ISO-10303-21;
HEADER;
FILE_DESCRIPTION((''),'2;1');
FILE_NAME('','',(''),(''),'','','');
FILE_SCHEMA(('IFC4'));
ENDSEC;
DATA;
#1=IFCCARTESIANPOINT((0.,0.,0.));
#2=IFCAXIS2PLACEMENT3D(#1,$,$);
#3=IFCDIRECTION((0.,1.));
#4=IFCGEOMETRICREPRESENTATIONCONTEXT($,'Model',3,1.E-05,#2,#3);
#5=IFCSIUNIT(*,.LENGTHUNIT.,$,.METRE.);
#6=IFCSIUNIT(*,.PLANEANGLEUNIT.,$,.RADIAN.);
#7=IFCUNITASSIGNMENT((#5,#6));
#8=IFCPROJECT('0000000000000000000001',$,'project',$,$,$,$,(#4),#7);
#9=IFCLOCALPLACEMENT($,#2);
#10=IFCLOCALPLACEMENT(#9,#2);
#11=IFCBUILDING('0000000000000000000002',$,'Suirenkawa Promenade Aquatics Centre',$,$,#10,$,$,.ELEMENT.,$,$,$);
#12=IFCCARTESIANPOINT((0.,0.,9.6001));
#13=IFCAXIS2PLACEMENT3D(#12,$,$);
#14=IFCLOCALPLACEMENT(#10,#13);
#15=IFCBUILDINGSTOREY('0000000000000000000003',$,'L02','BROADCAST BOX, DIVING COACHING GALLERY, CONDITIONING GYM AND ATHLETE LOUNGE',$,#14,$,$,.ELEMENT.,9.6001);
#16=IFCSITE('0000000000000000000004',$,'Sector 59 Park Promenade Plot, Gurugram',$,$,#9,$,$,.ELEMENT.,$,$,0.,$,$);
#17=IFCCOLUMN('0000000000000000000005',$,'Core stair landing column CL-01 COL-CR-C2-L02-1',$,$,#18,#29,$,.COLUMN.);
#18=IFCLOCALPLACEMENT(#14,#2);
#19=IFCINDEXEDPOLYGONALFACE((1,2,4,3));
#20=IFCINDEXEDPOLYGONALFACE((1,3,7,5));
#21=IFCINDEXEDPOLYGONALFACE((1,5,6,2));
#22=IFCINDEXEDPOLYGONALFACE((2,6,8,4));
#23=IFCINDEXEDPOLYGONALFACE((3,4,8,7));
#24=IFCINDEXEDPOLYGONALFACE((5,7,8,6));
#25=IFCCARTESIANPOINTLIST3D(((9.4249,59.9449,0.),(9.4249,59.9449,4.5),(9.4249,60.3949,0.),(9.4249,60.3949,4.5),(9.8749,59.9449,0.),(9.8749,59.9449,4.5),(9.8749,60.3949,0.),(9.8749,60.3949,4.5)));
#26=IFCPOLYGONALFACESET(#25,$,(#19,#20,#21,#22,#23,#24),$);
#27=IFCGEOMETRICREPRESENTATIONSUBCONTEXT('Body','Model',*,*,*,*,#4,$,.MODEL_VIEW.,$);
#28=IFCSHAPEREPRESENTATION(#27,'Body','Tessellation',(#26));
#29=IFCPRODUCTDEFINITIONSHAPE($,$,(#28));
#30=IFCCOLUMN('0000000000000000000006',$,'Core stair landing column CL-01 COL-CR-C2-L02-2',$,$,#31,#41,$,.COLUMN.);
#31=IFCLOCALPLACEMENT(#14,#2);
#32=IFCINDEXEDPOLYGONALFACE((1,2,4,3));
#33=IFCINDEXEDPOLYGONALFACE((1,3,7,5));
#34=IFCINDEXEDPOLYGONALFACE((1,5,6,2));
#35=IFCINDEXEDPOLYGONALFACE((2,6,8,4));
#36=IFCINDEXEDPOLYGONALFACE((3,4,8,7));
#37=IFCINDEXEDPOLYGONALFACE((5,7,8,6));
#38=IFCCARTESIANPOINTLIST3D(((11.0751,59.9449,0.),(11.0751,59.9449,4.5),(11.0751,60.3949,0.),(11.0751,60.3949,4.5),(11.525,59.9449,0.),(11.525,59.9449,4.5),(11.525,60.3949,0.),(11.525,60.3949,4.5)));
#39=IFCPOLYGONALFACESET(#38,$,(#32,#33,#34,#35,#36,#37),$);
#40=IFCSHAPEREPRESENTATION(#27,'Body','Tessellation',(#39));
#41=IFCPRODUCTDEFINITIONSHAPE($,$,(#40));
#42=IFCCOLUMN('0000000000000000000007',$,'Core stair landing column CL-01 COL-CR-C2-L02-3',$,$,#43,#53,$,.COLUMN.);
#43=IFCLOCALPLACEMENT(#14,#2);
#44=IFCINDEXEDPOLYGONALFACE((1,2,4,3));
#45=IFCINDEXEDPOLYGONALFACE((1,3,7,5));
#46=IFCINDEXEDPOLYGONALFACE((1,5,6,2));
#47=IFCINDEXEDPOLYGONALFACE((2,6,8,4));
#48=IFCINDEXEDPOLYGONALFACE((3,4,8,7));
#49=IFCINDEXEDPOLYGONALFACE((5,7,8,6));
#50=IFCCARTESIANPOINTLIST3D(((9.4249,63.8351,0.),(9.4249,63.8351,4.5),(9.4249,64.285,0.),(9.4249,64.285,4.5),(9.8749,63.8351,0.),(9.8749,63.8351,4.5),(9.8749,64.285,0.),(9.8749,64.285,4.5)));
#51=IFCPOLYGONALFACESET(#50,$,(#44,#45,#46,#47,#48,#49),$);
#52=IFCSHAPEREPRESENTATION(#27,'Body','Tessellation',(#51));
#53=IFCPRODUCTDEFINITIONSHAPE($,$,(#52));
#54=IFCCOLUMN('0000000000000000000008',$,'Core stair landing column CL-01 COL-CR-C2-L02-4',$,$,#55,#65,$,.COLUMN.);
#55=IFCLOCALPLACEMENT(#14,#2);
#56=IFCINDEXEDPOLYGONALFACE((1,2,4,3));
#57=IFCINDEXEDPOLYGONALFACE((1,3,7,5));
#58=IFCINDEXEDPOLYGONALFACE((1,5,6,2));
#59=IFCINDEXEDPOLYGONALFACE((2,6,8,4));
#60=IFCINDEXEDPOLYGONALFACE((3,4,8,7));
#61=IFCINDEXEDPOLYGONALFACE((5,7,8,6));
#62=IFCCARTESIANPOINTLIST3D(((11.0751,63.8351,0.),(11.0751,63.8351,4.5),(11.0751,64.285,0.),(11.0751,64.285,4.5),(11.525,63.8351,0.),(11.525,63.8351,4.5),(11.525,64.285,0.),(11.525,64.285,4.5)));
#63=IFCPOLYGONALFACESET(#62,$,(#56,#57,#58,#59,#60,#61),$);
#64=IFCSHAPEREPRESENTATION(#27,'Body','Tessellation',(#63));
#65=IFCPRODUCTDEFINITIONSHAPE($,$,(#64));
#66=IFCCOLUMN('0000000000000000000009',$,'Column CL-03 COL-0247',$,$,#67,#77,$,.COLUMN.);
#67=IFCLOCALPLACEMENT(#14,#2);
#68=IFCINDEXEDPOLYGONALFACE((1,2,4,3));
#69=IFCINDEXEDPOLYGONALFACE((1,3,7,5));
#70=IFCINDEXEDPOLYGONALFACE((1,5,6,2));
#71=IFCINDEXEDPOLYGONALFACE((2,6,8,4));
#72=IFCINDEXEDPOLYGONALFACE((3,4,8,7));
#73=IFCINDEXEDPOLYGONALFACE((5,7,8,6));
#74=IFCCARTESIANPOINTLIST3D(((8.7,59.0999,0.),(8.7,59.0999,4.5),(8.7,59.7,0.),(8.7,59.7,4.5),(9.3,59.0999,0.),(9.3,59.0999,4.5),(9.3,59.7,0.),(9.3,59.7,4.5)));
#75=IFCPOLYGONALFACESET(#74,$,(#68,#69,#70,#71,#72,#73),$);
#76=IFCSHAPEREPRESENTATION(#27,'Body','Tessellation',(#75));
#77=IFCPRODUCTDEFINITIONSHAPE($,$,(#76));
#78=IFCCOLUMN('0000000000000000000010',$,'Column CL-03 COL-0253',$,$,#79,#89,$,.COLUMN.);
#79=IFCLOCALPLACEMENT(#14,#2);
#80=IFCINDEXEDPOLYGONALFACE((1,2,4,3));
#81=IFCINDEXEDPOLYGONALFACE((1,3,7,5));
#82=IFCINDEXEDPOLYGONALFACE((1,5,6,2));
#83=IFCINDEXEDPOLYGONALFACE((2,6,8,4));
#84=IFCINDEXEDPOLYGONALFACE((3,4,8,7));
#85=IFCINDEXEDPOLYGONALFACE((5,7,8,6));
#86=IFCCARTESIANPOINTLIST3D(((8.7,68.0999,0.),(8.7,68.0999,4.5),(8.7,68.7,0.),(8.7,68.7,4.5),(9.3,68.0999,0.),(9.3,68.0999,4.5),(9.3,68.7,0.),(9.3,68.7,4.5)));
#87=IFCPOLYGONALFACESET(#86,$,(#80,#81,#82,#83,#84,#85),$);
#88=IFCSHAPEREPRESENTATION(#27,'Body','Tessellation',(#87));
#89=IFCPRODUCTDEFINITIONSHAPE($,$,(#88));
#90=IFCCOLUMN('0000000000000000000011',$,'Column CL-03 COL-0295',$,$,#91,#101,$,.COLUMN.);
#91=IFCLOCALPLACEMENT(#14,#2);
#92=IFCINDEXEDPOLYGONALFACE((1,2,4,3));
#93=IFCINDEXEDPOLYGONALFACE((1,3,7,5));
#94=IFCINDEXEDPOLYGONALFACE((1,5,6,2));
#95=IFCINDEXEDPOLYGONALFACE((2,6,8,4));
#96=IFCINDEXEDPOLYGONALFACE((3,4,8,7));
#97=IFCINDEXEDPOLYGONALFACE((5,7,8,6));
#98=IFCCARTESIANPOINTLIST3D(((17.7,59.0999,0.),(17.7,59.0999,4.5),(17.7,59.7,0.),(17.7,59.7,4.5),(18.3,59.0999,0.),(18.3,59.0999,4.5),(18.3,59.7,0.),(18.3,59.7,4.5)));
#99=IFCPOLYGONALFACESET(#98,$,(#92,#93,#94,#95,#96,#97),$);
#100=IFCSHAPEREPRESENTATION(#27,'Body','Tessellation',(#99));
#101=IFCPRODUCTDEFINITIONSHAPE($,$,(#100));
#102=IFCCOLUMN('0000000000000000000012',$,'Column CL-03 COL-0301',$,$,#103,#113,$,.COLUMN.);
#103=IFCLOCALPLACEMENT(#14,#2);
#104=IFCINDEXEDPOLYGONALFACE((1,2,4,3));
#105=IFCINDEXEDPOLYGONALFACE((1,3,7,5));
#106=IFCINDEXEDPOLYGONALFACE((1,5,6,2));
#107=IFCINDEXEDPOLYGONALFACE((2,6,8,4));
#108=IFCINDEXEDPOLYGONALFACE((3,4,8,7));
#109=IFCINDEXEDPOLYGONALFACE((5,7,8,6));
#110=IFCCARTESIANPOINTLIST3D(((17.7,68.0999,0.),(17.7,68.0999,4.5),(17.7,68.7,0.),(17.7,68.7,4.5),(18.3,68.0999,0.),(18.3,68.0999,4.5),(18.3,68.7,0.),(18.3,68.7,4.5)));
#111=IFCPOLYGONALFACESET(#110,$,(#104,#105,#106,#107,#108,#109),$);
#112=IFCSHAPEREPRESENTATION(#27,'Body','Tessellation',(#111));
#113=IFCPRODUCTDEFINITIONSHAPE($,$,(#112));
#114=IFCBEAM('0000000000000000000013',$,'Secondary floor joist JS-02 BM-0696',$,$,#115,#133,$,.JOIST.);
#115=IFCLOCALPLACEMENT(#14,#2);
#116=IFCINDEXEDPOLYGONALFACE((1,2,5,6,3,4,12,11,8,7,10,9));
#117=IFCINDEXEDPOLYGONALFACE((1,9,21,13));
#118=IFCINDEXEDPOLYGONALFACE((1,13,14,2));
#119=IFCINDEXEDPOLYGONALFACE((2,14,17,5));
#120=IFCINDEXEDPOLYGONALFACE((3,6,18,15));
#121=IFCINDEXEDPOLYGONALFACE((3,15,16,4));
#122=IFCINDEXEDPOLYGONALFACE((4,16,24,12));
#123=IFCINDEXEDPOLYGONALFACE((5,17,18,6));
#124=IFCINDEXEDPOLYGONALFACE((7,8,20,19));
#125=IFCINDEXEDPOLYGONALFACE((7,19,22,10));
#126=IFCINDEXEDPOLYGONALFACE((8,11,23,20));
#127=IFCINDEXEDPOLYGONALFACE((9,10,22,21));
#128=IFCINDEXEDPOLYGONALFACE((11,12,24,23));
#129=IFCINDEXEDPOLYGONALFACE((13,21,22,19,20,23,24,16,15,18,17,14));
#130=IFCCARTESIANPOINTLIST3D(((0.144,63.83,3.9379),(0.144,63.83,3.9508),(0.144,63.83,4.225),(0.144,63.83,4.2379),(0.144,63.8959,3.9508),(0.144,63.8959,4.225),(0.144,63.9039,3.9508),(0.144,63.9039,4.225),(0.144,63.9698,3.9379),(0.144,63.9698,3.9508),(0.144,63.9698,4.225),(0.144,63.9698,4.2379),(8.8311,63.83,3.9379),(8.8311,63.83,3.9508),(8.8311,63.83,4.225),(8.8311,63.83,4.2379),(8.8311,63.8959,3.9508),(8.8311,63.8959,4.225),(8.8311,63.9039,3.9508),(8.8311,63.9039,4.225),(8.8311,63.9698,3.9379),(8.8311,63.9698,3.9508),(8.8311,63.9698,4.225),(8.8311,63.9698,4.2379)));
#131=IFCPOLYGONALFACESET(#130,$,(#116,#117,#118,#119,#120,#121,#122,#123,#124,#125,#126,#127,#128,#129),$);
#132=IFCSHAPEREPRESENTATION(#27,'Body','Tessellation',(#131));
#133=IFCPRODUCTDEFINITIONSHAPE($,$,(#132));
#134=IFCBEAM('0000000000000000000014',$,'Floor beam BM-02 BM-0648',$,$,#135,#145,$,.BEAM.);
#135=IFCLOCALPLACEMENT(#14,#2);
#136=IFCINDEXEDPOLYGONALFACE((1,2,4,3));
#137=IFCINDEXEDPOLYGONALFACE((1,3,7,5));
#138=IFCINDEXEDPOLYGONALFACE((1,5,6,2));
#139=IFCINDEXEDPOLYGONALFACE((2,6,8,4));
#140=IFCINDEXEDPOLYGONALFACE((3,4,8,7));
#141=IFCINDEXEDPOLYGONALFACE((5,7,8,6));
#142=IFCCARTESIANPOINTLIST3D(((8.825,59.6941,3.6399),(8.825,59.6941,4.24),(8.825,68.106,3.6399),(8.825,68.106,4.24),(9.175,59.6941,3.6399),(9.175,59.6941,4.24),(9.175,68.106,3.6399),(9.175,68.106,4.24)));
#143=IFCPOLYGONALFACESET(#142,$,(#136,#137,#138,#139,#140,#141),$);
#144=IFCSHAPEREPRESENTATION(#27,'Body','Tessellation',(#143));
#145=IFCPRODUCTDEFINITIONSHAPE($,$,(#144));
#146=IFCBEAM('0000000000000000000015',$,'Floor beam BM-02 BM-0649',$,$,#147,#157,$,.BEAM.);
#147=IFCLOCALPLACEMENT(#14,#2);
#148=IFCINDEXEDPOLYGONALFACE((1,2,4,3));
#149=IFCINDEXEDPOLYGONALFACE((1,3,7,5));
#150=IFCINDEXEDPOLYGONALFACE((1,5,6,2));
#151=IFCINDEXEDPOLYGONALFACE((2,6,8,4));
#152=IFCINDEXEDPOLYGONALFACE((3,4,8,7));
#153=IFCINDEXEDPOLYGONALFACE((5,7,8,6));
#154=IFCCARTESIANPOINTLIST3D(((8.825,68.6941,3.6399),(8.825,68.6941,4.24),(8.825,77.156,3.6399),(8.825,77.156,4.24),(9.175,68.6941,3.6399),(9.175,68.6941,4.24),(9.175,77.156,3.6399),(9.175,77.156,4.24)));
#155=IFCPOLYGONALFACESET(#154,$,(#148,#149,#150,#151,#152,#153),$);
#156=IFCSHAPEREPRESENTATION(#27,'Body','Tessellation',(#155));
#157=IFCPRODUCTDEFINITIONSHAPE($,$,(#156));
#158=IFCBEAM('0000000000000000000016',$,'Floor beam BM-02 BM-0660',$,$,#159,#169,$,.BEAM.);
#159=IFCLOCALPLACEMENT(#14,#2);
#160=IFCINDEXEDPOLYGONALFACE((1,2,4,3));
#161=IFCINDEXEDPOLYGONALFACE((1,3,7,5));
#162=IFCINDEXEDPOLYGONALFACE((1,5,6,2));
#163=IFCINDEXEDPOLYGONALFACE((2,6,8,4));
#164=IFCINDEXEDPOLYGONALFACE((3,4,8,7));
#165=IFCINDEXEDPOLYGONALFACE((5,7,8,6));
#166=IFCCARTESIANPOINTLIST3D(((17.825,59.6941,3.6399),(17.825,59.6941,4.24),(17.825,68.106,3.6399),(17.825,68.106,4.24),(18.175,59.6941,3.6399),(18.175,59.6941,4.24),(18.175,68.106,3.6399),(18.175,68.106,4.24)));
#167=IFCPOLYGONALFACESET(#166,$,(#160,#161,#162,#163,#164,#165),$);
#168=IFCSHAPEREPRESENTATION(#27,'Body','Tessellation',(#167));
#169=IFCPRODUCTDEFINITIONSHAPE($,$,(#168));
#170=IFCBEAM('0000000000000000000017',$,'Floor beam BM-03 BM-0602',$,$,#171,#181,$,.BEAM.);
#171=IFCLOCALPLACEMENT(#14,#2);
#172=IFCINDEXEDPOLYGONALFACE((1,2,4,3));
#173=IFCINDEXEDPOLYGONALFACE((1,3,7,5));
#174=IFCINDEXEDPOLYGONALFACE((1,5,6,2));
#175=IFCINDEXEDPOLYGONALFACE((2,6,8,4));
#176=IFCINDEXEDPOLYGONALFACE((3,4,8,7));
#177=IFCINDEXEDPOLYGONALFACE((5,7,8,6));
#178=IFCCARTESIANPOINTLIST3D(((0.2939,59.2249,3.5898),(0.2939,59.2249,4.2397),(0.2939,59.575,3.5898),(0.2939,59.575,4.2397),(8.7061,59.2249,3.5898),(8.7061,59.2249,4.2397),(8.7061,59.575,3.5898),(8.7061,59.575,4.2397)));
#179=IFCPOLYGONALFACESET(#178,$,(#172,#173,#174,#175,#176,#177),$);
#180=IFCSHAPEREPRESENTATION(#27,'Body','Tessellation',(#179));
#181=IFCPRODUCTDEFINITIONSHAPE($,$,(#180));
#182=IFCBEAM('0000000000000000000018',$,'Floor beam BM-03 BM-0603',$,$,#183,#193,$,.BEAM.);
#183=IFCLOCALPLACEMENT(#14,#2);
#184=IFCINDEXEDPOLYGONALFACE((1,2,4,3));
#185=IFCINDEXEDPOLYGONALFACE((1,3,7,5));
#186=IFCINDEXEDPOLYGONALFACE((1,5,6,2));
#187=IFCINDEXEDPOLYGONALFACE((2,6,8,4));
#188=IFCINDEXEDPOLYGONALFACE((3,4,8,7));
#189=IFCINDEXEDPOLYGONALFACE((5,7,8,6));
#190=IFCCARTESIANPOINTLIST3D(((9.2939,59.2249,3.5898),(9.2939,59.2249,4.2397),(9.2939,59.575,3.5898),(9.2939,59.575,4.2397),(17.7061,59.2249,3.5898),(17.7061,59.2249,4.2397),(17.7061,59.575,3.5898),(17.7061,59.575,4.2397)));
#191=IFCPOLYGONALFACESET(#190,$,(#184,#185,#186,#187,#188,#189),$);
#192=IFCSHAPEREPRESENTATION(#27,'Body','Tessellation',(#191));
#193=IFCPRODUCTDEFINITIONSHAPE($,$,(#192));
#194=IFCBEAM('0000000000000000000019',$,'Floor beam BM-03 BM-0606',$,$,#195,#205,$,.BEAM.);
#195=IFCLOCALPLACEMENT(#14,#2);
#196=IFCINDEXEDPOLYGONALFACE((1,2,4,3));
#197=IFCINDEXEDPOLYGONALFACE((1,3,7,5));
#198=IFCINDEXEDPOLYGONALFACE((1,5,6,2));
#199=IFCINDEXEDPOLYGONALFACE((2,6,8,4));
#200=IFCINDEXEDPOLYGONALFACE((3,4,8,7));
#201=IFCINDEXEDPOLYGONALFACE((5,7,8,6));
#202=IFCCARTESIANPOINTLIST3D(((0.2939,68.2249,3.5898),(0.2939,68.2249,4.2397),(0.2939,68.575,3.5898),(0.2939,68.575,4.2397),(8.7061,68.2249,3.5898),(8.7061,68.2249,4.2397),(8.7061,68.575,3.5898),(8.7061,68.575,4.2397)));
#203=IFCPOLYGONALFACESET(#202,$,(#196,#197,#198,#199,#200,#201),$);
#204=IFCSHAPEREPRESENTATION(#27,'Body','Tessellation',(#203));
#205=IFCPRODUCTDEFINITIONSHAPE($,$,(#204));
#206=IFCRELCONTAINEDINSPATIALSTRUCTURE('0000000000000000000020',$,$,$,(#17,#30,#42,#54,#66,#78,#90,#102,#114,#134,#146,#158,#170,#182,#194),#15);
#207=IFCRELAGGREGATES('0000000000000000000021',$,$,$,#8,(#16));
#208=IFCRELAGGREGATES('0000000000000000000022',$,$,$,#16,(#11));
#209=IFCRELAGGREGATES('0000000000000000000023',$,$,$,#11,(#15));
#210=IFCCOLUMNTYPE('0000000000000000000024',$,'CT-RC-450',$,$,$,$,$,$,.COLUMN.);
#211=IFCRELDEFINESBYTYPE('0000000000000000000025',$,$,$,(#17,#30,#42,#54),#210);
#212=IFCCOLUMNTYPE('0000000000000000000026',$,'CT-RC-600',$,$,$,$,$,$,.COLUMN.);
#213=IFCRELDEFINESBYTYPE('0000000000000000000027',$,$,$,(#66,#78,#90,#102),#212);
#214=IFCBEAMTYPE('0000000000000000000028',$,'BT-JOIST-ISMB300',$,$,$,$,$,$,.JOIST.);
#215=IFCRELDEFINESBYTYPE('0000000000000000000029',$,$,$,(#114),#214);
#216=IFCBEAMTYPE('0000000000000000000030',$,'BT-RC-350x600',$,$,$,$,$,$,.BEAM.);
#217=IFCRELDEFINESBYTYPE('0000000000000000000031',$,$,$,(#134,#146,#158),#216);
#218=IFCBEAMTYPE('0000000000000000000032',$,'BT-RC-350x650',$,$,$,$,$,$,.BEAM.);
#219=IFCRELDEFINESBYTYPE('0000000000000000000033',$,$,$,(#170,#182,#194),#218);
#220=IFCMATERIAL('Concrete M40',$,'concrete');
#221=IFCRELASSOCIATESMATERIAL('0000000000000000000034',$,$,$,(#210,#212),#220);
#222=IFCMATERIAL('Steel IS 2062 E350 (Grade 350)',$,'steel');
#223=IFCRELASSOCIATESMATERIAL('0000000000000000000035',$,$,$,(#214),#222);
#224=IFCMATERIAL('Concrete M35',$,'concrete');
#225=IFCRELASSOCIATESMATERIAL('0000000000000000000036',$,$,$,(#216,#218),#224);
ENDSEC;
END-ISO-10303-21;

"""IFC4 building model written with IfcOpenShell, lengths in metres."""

from ifc_helpers import new_model, si_unit, direction, frame, origin, origin_2d, place, context, subcontext, project, spatial, rectangle, i_section, extrude, material, material_profile, profile_set, type_object, element, save


model = new_model("IFC4")

# Units and contexts
model_context = context("Model", 3, precision=1e-05, world=origin(), true_north=direction((0.0, 1.0)))
body_context = subcontext(model_context, "Body", "Model", "MODEL_VIEW")
ifc_project = project(units=[si_unit("LENGTHUNIT", "METRE"), si_unit("PLANEANGLEUNIT", "RADIAN")], contexts=[model_context])

# Site, building, storey
site_placement = place(None, origin())
site = spatial("IfcSite", under=ifc_project, at=site_placement, Name="Sector 59 Park Promenade Plot, Gurugram", CompositionType="ELEMENT", RefElevation=0.0)
building_placement = place(site_placement, origin())
building = spatial("IfcBuilding", under=site, at=building_placement, Name="Suirenkawa Promenade Aquatics Centre", CompositionType="ELEMENT")
storey_placement = place(building_placement, frame((0.0, 0.0, 9.6001)))
storey = spatial("IfcBuildingStorey", under=building, at=storey_placement, Name="L02", Description="BROADCAST BOX, DIVING COACHING GALLERY, CONDITIONING GYM AND ATHLETE LOUNGE", CompositionType="ELEMENT", Elevation=9.6001)

# Columns
ifc_material_1 = material(Name="Concrete M40", Category="concrete")
ifc_material_profile_1 = material_profile(ifc_material_1, rectangle(XDim=0.45, YDim=0.45, at=origin_2d()), Name="RC COL 450x450", Category="concrete")
ifc_profile_set_1 = profile_set([ifc_material_profile_1], Name="Concrete M40")
column_type_1 = type_object("IfcColumnType", Name="CT-RC-450", PredefinedType="COLUMN", material=ifc_profile_set_1)
for number, where, z_axis, x_axis, name in (
    (1, (9.6499, 60.1699, 0.0), (0.0, 0.0, 1.0), (1.0, 0.0, 0.0), "Core stair landing column CL-01 COL-CR-C2-L02-1"),
    (2, (11.3, 60.1699, 0.0), (0.0, 0.0, 1.0), (1.0, 0.0, 0.0), "Core stair landing column CL-01 COL-CR-C2-L02-2"),
    (3, (9.6499, 64.0601, 0.0), (0.0, 0.0, 1.0), (1.0, 0.0, 0.0), "Core stair landing column CL-01 COL-CR-C2-L02-3"),
    (4, (11.3, 64.0601, 0.0), (0.0, 0.0, 1.0), (1.0, 0.0, 0.0), "Core stair landing column CL-01 COL-CR-C2-L02-4"),
):
    element("IfcColumn", number, at=place(storey_placement, frame(where, z_axis=z_axis, x_axis=x_axis)), inside=storey, type_object=column_type_1, Name=name, PredefinedType="COLUMN", context=body_context, shape_type="SweptSolid", body=[
        extrude(rectangle(XDim=0.45, YDim=0.45, at=origin_2d()), origin(), (0.0, 0.0, 1.0), 4.5),
    ])
ifc_material_profile_2 = material_profile(ifc_material_1, rectangle(XDim=0.6001, YDim=0.6001, at=origin_2d()), Name="RC COL 600x600", Category="concrete")
ifc_profile_set_2 = profile_set([ifc_material_profile_2], Name="Concrete M40")
column_type_2 = type_object("IfcColumnType", Name="CT-RC-600", PredefinedType="COLUMN", material=ifc_profile_set_2)
for number, where, z_axis, x_axis, name in (
    (5, (9.0, 59.3999, 0.0), (0.0, 0.0, 1.0), (1.0, 0.0, 0.0), "Column CL-03 COL-0247"),
    (6, (9.0, 68.3999, 0.0), (0.0, 0.0, 1.0), (1.0, 0.0, 0.0), "Column CL-03 COL-0253"),
    (7, (18.0, 59.3999, 0.0), (0.0, 0.0, 1.0), (1.0, 0.0, 0.0), "Column CL-03 COL-0295"),
    (8, (18.0, 68.3999, 0.0), (0.0, 0.0, 1.0), (1.0, 0.0, 0.0), "Column CL-03 COL-0301"),
):
    element("IfcColumn", number, at=place(storey_placement, frame(where, z_axis=z_axis, x_axis=x_axis)), inside=storey, type_object=column_type_2, Name=name, PredefinedType="COLUMN", context=body_context, shape_type="SweptSolid", body=[
        extrude(rectangle(XDim=0.6001, YDim=0.6001, at=origin_2d()), origin(), (0.0, 0.0, 1.0), 4.5),
    ])

# Beams
ifc_material_2 = material(Name="Steel IS 2062 E350 (Grade 350)", Category="steel")
ifc_material_profile_3 = material_profile(ifc_material_2, i_section(OverallWidth=0.1399, OverallDepth=0.3, WebThickness=0.0081, FlangeThickness=0.0129, at=origin_2d()), Name="ISMB 300", Category="steel")
ifc_profile_set_3 = profile_set([ifc_material_profile_3], Name="Steel IS 2062 E350 (Grade 350)")
beam_type_1 = type_object("IfcBeamType", Name="BT-JOIST-ISMB300", PredefinedType="JOIST", material=ifc_profile_set_3)
beam_1_placement = place(storey_placement, frame((0.144, 63.8999, 4.0879), z_axis=(1.0, 0.0, 0.0), x_axis=(0.0, 1.0, 0.0)))
element("IfcBeam", 9, at=beam_1_placement, inside=storey, type_object=beam_type_1, Name="Secondary floor joist JS-02 BM-0696", PredefinedType="JOIST", context=body_context, shape_type="SweptSolid", body=[
    extrude(i_section(OverallWidth=0.1399, OverallDepth=0.3, WebThickness=0.0081, FlangeThickness=0.0129, at=origin_2d()), origin(), (0.0, 0.0, 1.0), 8.687),
])
ifc_material_3 = material(Name="Concrete M35", Category="concrete")
ifc_material_profile_4 = material_profile(ifc_material_3, rectangle(XDim=0.3501, YDim=0.6001, at=origin_2d()), Name="RC BM 350x600", Category="concrete")
ifc_profile_set_4 = profile_set([ifc_material_profile_4], Name="Concrete M35")
beam_type_2 = type_object("IfcBeamType", Name="BT-RC-350x600", PredefinedType="BEAM", material=ifc_profile_set_4)
beam_2_placement = place(storey_placement, frame((9.0, 59.6941, 3.9399), z_axis=(0.0, 1.0, 0.0), x_axis=(-1.0, 0.0, 0.0)))
element("IfcBeam", 10, at=beam_2_placement, inside=storey, type_object=beam_type_2, Name="Floor beam BM-02 BM-0648", PredefinedType="BEAM", context=body_context, shape_type="SweptSolid", body=[
    extrude(rectangle(XDim=0.3501, YDim=0.6001, at=origin_2d()), origin(), (0.0, 0.0, 1.0), 8.4119),
])
beam_3_placement = place(storey_placement, frame((9.0, 68.6941, 3.9399), z_axis=(0.0, 1.0, 0.0), x_axis=(-1.0, 0.0, 0.0)))
element("IfcBeam", 11, at=beam_3_placement, inside=storey, type_object=beam_type_2, Name="Floor beam BM-02 BM-0649", PredefinedType="BEAM", context=body_context, shape_type="SweptSolid", body=[
    extrude(rectangle(XDim=0.3501, YDim=0.6001, at=origin_2d()), origin(), (0.0, 0.0, 1.0), 8.4619),
])
beam_4_placement = place(storey_placement, frame((18.0, 59.6941, 3.9399), z_axis=(0.0, 1.0, 0.0), x_axis=(-1.0, 0.0, 0.0)))
element("IfcBeam", 12, at=beam_4_placement, inside=storey, type_object=beam_type_2, Name="Floor beam BM-02 BM-0660", PredefinedType="BEAM", context=body_context, shape_type="SweptSolid", body=[
    extrude(rectangle(XDim=0.3501, YDim=0.6001, at=origin_2d()), origin(), (0.0, 0.0, 1.0), 8.4119),
])
ifc_material_profile_5 = material_profile(ifc_material_3, rectangle(XDim=0.3501, YDim=0.6499, at=origin_2d()), Name="RC BM 350x650", Category="concrete")
ifc_profile_set_5 = profile_set([ifc_material_profile_5], Name="Concrete M35")
beam_type_3 = type_object("IfcBeamType", Name="BT-RC-350x650", PredefinedType="BEAM", material=ifc_profile_set_5)
for number, where, z_axis, x_axis, name in (
    (13, (0.2939, 59.3999, 3.9148), (1.0, 0.0, 0.0), (0.0, 1.0, 0.0), "Floor beam BM-03 BM-0602"),
    (14, (9.2939, 59.3999, 3.9148), (1.0, 0.0, 0.0), (0.0, 1.0, 0.0), "Floor beam BM-03 BM-0603"),
    (15, (0.2939, 68.3999, 3.9148), (1.0, 0.0, 0.0), (0.0, 1.0, 0.0), "Floor beam BM-03 BM-0606"),
):
    element("IfcBeam", number, at=place(storey_placement, frame(where, z_axis=z_axis, x_axis=x_axis)), inside=storey, type_object=beam_type_3, Name=name, PredefinedType="BEAM", context=body_context, shape_type="SweptSolid", body=[
        extrude(rectangle(XDim=0.3501, YDim=0.6499, at=origin_2d()), origin(), (0.0, 0.0, 1.0), 8.4121),
    ])

save(model, "model.ifc")
